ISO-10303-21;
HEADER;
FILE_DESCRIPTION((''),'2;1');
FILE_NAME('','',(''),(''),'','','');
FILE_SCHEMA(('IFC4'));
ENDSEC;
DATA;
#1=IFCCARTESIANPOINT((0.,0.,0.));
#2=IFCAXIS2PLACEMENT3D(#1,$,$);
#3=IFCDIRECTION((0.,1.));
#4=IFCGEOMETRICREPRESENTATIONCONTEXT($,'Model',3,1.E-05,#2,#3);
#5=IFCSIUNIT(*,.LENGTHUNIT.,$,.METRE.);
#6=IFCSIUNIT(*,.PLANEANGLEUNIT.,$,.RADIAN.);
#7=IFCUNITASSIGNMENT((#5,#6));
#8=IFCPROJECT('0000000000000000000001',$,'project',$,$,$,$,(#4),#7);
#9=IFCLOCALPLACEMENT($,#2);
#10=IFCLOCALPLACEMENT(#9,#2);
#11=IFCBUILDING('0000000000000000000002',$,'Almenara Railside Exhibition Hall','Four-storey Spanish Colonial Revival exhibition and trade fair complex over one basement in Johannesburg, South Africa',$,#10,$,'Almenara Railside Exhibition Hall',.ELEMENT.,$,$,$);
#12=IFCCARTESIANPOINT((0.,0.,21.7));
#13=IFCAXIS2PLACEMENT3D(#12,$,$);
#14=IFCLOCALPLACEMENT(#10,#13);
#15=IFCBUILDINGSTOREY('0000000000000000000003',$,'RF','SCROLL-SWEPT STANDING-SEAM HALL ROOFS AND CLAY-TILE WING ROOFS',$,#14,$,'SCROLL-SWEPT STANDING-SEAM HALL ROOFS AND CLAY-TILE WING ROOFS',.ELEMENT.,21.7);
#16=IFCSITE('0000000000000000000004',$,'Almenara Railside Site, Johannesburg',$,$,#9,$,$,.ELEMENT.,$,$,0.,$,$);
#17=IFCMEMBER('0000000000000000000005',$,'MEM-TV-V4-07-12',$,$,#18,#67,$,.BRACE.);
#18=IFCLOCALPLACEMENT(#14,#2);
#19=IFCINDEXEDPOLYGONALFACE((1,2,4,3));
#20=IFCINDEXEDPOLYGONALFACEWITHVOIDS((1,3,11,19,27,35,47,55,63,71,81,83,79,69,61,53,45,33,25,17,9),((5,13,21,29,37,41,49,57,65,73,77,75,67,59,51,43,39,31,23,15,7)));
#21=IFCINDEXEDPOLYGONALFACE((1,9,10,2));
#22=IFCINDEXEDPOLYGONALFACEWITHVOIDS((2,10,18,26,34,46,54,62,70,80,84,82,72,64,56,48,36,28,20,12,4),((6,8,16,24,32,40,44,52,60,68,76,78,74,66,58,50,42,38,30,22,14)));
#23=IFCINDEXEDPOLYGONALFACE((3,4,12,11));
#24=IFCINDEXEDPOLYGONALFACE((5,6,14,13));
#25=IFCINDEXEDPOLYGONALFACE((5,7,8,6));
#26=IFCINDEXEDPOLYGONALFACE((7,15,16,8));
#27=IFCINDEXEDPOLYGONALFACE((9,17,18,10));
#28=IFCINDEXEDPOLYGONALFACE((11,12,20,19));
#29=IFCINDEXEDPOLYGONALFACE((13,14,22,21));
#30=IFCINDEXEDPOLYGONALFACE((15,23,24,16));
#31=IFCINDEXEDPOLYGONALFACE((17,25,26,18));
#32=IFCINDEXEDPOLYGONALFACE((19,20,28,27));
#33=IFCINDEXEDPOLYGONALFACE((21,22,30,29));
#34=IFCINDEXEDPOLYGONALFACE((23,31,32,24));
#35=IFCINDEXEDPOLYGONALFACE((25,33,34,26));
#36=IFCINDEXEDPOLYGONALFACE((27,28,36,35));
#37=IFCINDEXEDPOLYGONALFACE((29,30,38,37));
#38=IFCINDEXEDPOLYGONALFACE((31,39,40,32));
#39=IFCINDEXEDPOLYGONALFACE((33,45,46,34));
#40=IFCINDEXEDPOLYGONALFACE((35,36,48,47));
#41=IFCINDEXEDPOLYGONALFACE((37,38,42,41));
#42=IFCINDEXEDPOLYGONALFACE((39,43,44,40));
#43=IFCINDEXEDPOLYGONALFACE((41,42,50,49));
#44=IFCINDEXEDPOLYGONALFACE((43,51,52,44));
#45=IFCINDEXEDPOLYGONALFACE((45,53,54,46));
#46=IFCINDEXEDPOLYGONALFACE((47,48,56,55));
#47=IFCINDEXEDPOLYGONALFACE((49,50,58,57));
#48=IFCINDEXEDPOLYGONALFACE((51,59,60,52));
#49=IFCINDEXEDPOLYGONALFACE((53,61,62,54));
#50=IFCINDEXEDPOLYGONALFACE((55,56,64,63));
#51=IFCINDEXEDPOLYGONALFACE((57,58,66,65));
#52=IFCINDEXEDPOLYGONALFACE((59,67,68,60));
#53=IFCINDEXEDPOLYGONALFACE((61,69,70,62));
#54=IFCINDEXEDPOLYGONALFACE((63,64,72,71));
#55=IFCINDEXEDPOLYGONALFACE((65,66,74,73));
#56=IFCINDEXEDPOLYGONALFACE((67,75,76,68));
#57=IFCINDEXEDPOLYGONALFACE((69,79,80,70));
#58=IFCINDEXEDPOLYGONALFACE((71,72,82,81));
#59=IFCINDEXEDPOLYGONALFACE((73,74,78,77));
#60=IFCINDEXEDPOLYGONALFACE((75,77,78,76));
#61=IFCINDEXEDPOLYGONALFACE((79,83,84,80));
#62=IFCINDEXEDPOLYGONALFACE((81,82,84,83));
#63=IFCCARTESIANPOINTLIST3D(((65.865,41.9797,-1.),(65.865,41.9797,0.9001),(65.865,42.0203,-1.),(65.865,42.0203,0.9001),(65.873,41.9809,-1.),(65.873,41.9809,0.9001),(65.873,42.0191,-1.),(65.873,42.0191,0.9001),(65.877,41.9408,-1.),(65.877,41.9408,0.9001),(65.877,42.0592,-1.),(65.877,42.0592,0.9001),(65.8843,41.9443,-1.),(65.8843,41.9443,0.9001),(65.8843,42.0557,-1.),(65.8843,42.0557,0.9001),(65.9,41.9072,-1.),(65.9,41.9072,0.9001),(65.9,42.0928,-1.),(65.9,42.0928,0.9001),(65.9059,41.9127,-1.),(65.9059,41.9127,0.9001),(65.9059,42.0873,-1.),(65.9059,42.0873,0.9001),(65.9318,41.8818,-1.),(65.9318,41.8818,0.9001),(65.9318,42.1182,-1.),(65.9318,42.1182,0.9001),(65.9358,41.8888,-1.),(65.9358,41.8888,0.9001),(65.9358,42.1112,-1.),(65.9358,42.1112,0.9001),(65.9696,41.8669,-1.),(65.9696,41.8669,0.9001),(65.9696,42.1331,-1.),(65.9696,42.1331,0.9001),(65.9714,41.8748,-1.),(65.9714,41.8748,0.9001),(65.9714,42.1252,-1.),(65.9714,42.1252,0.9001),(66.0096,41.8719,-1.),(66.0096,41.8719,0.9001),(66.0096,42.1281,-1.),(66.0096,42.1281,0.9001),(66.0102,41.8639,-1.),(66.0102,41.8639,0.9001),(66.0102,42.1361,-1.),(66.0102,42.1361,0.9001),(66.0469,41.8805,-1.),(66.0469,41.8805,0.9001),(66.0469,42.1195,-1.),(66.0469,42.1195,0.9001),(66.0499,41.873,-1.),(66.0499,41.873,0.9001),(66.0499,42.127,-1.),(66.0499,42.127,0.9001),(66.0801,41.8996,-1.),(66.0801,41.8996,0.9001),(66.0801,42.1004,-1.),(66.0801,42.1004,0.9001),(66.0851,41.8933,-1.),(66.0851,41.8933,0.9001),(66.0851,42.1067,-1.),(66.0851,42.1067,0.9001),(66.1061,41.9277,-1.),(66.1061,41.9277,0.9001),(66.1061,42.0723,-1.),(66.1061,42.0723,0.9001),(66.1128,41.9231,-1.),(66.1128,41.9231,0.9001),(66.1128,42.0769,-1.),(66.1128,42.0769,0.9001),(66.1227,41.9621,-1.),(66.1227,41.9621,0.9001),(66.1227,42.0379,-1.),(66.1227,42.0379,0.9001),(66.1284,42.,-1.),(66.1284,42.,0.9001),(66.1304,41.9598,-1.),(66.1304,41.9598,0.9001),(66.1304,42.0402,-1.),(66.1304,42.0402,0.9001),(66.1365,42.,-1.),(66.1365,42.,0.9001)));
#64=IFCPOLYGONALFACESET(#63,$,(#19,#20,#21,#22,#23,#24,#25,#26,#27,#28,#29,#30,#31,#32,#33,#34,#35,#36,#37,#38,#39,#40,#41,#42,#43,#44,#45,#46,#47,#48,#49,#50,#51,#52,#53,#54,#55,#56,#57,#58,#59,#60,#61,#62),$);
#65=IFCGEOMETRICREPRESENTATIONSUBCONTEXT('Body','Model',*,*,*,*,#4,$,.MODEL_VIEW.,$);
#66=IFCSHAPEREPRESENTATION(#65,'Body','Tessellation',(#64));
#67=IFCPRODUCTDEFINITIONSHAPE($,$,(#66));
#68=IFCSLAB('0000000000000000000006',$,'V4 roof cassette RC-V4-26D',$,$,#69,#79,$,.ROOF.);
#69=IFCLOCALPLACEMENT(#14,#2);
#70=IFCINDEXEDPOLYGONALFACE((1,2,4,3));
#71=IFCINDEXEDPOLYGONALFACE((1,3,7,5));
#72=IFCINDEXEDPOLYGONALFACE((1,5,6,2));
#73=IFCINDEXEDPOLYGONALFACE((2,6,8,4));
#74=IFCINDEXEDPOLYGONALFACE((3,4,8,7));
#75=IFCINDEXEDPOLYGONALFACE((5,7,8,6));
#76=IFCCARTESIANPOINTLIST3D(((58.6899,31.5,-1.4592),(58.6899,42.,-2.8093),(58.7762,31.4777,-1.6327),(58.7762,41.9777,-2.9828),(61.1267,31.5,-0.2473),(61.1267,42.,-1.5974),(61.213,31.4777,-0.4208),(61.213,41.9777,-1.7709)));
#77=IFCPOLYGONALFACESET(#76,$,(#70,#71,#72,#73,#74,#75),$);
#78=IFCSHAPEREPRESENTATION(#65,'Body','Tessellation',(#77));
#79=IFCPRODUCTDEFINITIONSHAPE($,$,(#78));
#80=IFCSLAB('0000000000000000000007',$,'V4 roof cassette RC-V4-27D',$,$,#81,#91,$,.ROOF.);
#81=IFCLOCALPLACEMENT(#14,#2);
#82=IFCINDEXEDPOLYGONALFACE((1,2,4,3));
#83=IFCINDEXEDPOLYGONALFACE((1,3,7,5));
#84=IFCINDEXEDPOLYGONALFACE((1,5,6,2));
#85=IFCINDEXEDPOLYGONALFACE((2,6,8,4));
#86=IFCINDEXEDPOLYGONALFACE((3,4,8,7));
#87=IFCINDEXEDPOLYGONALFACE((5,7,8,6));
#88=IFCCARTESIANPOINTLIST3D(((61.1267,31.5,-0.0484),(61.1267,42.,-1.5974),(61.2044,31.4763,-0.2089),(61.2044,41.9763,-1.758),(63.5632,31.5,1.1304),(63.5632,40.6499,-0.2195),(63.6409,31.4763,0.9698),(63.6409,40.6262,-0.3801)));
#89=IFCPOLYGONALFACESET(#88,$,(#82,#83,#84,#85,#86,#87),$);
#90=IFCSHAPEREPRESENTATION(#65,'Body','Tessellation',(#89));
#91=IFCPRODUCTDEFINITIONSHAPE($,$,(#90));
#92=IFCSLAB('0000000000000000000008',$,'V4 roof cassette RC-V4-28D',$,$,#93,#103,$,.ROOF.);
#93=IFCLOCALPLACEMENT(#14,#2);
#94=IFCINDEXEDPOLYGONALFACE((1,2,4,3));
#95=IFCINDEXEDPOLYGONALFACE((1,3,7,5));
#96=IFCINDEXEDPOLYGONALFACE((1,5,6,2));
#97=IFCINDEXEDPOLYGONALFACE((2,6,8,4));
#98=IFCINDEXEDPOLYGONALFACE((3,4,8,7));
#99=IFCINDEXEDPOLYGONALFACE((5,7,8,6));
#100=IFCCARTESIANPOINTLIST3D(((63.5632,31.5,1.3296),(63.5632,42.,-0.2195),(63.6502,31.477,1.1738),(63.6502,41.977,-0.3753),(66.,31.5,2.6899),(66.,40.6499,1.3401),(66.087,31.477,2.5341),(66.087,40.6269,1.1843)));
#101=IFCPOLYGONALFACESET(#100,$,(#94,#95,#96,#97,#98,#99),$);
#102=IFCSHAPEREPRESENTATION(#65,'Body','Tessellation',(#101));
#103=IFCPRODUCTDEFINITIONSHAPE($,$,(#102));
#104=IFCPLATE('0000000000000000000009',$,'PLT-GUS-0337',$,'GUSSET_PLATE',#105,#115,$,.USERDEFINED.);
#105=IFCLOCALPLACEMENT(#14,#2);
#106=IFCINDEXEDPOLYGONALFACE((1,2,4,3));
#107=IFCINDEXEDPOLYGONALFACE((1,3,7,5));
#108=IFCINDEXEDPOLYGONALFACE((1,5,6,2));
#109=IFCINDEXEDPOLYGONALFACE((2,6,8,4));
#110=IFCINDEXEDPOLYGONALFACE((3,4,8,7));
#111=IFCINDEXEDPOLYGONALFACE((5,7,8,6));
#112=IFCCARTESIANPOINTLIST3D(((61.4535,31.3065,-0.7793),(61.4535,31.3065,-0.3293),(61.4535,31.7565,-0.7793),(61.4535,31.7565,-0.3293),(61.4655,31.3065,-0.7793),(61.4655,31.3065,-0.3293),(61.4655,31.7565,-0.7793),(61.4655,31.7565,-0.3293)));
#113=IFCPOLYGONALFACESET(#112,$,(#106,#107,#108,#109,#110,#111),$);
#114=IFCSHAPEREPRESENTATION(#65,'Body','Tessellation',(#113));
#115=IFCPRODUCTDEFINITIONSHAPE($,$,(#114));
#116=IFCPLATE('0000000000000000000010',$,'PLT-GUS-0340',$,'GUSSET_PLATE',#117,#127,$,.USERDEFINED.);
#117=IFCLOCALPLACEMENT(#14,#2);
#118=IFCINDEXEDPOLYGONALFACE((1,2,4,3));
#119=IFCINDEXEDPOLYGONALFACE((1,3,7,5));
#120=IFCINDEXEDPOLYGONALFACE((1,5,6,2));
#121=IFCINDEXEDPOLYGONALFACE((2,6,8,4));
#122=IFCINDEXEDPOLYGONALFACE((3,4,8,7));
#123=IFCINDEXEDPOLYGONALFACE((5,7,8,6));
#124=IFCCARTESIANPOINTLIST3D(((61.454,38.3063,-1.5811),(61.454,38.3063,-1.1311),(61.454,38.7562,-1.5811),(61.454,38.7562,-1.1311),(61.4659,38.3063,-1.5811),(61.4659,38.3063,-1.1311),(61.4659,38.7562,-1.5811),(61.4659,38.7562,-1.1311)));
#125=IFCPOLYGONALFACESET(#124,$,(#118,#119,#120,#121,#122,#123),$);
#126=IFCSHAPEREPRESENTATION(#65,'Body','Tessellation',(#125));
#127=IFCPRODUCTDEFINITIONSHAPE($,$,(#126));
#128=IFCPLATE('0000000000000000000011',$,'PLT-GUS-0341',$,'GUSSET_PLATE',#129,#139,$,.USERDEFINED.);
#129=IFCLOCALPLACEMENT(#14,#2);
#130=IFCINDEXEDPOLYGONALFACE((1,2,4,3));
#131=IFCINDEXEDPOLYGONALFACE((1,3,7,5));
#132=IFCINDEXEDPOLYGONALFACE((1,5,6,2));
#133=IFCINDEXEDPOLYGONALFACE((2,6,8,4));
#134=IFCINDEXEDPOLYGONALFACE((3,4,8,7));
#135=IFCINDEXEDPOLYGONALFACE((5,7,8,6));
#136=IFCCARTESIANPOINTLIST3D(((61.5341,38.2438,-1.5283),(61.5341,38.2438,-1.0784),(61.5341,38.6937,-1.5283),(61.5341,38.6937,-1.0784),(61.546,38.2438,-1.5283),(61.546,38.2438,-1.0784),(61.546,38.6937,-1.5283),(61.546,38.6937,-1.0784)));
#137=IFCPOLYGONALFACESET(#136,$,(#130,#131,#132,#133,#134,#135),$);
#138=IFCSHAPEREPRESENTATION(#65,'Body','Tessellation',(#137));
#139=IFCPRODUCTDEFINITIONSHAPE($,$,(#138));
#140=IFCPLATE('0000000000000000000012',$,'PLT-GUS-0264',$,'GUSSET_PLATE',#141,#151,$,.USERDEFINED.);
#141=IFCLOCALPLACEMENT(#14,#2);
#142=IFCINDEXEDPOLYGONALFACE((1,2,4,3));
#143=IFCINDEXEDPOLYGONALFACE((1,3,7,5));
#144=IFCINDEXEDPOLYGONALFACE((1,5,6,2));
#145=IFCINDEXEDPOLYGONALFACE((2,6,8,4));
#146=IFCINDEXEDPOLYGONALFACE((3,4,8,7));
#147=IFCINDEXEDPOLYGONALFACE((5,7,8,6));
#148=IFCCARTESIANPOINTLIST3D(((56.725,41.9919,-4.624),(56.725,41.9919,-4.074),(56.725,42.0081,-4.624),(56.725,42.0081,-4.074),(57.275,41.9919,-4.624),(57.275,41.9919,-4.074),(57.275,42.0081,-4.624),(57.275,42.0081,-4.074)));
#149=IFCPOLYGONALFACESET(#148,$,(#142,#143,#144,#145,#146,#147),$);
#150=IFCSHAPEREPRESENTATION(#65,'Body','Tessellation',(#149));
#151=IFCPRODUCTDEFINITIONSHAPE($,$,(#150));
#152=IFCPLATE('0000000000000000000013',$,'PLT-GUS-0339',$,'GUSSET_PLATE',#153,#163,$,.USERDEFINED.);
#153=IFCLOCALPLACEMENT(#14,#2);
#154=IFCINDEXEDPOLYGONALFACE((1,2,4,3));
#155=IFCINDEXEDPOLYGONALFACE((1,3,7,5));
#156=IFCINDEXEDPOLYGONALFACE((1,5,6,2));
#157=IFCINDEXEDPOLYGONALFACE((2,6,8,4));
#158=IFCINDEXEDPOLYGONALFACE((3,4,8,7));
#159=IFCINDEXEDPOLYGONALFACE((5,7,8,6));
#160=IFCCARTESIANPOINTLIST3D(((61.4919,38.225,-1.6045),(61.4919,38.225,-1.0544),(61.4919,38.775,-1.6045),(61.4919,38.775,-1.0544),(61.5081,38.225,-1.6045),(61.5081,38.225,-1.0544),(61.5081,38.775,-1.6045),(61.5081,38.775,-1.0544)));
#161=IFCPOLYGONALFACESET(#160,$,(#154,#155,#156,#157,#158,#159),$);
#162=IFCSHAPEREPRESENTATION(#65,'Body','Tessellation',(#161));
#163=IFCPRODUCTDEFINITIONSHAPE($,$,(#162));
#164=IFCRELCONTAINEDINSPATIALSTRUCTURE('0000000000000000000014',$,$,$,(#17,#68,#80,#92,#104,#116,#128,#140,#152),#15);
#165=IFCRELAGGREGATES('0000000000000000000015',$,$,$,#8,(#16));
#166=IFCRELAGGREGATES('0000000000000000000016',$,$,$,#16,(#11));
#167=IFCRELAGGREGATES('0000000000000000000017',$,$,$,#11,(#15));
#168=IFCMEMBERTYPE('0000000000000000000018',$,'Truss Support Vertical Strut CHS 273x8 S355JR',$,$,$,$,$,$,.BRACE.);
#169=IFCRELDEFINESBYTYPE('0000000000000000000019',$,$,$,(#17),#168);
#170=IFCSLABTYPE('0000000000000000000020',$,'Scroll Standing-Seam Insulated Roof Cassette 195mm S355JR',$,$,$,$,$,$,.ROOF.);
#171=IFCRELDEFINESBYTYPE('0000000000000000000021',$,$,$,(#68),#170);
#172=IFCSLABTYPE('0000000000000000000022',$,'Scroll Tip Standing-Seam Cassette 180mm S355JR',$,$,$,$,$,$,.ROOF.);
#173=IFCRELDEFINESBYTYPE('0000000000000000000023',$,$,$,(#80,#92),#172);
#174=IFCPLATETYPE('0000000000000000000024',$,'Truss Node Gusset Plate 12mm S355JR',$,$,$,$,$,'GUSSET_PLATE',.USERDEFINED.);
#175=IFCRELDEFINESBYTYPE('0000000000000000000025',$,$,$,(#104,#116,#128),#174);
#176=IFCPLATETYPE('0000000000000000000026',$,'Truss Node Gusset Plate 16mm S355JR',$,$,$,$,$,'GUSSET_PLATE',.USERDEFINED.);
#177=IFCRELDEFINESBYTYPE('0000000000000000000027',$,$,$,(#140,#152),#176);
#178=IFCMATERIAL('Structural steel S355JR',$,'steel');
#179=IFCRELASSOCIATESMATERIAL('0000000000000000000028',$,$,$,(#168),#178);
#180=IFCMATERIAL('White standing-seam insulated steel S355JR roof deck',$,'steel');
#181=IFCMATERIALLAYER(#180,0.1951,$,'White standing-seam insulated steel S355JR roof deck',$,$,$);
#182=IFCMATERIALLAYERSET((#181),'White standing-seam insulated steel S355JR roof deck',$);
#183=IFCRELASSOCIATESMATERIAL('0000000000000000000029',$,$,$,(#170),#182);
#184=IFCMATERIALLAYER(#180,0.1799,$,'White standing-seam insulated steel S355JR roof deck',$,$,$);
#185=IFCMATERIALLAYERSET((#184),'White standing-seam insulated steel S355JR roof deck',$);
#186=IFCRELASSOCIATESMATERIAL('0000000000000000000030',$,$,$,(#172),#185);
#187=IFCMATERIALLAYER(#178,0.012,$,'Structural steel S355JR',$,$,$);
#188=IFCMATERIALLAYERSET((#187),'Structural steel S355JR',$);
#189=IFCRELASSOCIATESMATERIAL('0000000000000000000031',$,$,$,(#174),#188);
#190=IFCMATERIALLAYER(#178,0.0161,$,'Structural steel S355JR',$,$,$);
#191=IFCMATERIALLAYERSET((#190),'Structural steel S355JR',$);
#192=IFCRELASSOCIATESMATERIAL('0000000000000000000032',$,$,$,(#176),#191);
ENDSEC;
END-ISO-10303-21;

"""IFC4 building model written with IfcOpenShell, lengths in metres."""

from ifc_helpers import new_model, si_unit, direction, frame, origin, origin_2d, place, context, subcontext, project, spatial, polyline, rectangle, hollow_circle, outline, extrude, material, layer, layer_set, material_profile, profile_set, type_object, element, save


model = new_model("IFC4")

# Units and contexts
model_context = context("Model", 3, precision=1e-05, world=origin(), true_north=direction((0.0, 1.0)))
body_context = subcontext(model_context, "Body", "Model", "MODEL_VIEW")
ifc_project = project(units=[si_unit("LENGTHUNIT", "METRE"), si_unit("PLANEANGLEUNIT", "RADIAN")], contexts=[model_context])

# Site, building, storey
site_placement = place(None, origin())
site = spatial("IfcSite", under=ifc_project, at=site_placement, Name="Almenara Railside Site, Johannesburg", CompositionType="ELEMENT", RefElevation=0.0)
building_placement = place(site_placement, origin())
building = spatial("IfcBuilding", under=site, at=building_placement, Name="Almenara Railside Exhibition Hall", Description="Four-storey Spanish Colonial Revival exhibition and trade fair complex over one basement in Johannesburg, South Africa", LongName="Almenara Railside Exhibition Hall", CompositionType="ELEMENT")
storey_placement = place(building_placement, frame((0.0, 0.0, 21.7)))
storey = spatial("IfcBuildingStorey", under=building, at=storey_placement, Name="RF", Description="SCROLL-SWEPT STANDING-SEAM HALL ROOFS AND CLAY-TILE WING ROOFS", LongName="SCROLL-SWEPT STANDING-SEAM HALL ROOFS AND CLAY-TILE WING ROOFS", CompositionType="ELEMENT", Elevation=21.7)

# Shared definitions
ifc_material_1 = material(Name="Structural steel S355JR", Category="steel")

# Member
ifc_material_profile_1 = material_profile(ifc_material_1, hollow_circle(Radius=0.1365, WallThickness=0.0081, at=origin_2d()), Name="CHS 273x8")
ifc_profile_set_1 = profile_set([ifc_material_profile_1], Name="Structural steel S355JR")
member_type_1 = type_object("IfcMemberType", Name="Truss Support Vertical Strut CHS 273x8 S355JR", PredefinedType="BRACE", material=ifc_profile_set_1)
for number, where, z_axis, x_axis, name in (
    (1, (66.0, 42.0, -1.0), (0.0, 0.0, 1.0), (1.0, 0.0, 0.0), "MEM-TV-V4-07-12"),
):
    element("IfcMember", number, at=place(storey_placement, frame(where, z_axis=z_axis, x_axis=x_axis)), inside=storey, type_object=member_type_1, Name=name, PredefinedType="BRACE", context=body_context, shape_type="SweptSolid", body=[
        extrude(hollow_circle(Radius=0.1365, WallThickness=0.0081, at=origin_2d()), origin(), (0.0, 0.0, 1.0), 1.9001),
    ])

# Slabs
ifc_material_2 = material(Name="White standing-seam insulated steel S355JR roof deck", Category="steel")
ifc_layer_1 = layer(ifc_material_2, 0.1951, Name="White standing-seam insulated steel S355JR roof deck")
ifc_layer_set_1 = layer_set([ifc_layer_1], Name="White standing-seam insulated steel S355JR roof deck")
slab_type_1 = type_object("IfcSlabType", Name="Scroll Standing-Seam Insulated Roof Cassette 195mm S355JR", PredefinedType="ROOF", material=ifc_layer_set_1)
slab_1_placement = place(storey_placement, frame((58.6899, 42.0, -2.8093), z_axis=(-0.442389, 0.114373, 0.889501), x_axis=(0.895376, 0.0, 0.445311)))
element("IfcSlab", 2, at=slab_1_placement, inside=storey, type_object=slab_type_1, Name="V4 roof cassette RC-V4-26D", PredefinedType="ROOF", context=body_context, shape_type="SweptSolid", body=[
    extrude(outline(polyline([(0.0, 0.0), (2.7215, 0.0), (3.3227, -10.5694), (0.6012, -10.5694), (0.0, 0.0)])), origin(), (0.0, 0.0, -1.0), 0.1951),
])
ifc_layer_2 = layer(ifc_material_2, 0.1799, Name="White standing-seam insulated steel S355JR roof deck")
ifc_layer_set_2 = layer_set([ifc_layer_2], Name="White standing-seam insulated steel S355JR roof deck")
slab_type_2 = type_object("IfcSlabType", Name="Scroll Tip Standing-Seam Cassette 180mm S355JR", PredefinedType="ROOF", material=ifc_layer_set_2)
slab_2_placement = place(storey_placement, frame((61.1267, 42.0, -1.5974), z_axis=(-0.431701, 0.131648, 0.892358), x_axis=(0.784018, -0.43443, 0.44338)))
element("IfcSlab", 3, at=slab_2_placement, inside=storey, type_object=slab_type_2, Name="V4 roof cassette RC-V4-27D", PredefinedType="ROOF", context=body_context, shape_type="SweptSolid", body=[
    extrude(outline(polyline([(0.0, 0.0), (3.1077, 0.0), (7.6812, -8.039), (5.2483, -9.2252), (0.0, 0.0)])), origin(), (0.0, 0.0, -1.0), 0.1799),
])
slab_3_placement = place(storey_placement, frame((63.5632, 42.0, -0.2195), z_axis=(-0.483458, 0.127759, 0.865994), x_axis=(0.763251, -0.422881, 0.488487)))
element("IfcSlab", 4, at=slab_3_placement, inside=storey, type_object=slab_type_2, Name="V4 roof cassette RC-V4-28D", PredefinedType="ROOF", context=body_context, shape_type="SweptSolid", body=[
    extrude(outline(polyline([(0.0, 0.0), (3.1926, 0.0), (7.7213, -8.0643), (5.1969, -9.2543), (0.0, 0.0)])), origin(), (0.0, 0.0, -1.0), 0.1799),
])

# Plates
ifc_layer_3 = layer(ifc_material_1, 0.012, Name="Structural steel S355JR")
ifc_layer_set_3 = layer_set([ifc_layer_3], Name="Structural steel S355JR")
plate_type_1 = type_object("IfcPlateType", Name="Truss Node Gusset Plate 12mm S355JR", ElementType="GUSSET_PLATE", PredefinedType="USERDEFINED", material=ifc_layer_set_3)
for number, where, z_axis, x_axis, name in (
    (5, (61.4595, 31.5315, -0.7793), (0.0, 0.0, 1.0), (0.0, 1.0, 0.0), "PLT-GUS-0337"),
    (6, (61.46, 38.5312, -1.5811), (0.0, 0.0, 1.0), (0.0, 1.0, 0.0), "PLT-GUS-0340"),
    (7, (61.54, 38.4688, -1.5283), (0.0, 0.0, 1.0), (0.0, 1.0, 0.0), "PLT-GUS-0341"),
):
    element("IfcPlate", number, at=place(storey_placement, frame(where, z_axis=z_axis, x_axis=x_axis)), inside=storey, type_object=plate_type_1, Name=name, ObjectType="GUSSET_PLATE", PredefinedType="USERDEFINED", context=body_context, shape_type="SweptSolid", body=[
        extrude(rectangle(XDim=0.45, YDim=0.012, at=origin_2d()), origin(), (0.0, 0.0, 1.0), 0.45),
    ])
ifc_layer_4 = layer(ifc_material_1, 0.0161, Name="Structural steel S355JR")
ifc_layer_set_4 = layer_set([ifc_layer_4], Name="Structural steel S355JR")
plate_type_2 = type_object("IfcPlateType", Name="Truss Node Gusset Plate 16mm S355JR", ElementType="GUSSET_PLATE", PredefinedType="USERDEFINED", material=ifc_layer_set_4)
for number, where, z_axis, x_axis, name in (
    (8, (57.0, 42.0, -4.624), (0.0, 0.0, 1.0), (1.0, 0.0, 0.0), "PLT-GUS-0264"),
    (9, (61.5, 38.5, -1.6045), (0.0, 0.0, 1.0), (0.0, 1.0, 0.0), "PLT-GUS-0339"),
):
    element("IfcPlate", number, at=place(storey_placement, frame(where, z_axis=z_axis, x_axis=x_axis)), inside=storey, type_object=plate_type_2, Name=name, ObjectType="GUSSET_PLATE", PredefinedType="USERDEFINED", context=body_context, shape_type="SweptSolid", body=[
        extrude(rectangle(XDim=0.55, YDim=0.0161, at=origin_2d()), origin(), (0.0, 0.0, 1.0), 0.55),
    ])

save(model, "model.ifc")
